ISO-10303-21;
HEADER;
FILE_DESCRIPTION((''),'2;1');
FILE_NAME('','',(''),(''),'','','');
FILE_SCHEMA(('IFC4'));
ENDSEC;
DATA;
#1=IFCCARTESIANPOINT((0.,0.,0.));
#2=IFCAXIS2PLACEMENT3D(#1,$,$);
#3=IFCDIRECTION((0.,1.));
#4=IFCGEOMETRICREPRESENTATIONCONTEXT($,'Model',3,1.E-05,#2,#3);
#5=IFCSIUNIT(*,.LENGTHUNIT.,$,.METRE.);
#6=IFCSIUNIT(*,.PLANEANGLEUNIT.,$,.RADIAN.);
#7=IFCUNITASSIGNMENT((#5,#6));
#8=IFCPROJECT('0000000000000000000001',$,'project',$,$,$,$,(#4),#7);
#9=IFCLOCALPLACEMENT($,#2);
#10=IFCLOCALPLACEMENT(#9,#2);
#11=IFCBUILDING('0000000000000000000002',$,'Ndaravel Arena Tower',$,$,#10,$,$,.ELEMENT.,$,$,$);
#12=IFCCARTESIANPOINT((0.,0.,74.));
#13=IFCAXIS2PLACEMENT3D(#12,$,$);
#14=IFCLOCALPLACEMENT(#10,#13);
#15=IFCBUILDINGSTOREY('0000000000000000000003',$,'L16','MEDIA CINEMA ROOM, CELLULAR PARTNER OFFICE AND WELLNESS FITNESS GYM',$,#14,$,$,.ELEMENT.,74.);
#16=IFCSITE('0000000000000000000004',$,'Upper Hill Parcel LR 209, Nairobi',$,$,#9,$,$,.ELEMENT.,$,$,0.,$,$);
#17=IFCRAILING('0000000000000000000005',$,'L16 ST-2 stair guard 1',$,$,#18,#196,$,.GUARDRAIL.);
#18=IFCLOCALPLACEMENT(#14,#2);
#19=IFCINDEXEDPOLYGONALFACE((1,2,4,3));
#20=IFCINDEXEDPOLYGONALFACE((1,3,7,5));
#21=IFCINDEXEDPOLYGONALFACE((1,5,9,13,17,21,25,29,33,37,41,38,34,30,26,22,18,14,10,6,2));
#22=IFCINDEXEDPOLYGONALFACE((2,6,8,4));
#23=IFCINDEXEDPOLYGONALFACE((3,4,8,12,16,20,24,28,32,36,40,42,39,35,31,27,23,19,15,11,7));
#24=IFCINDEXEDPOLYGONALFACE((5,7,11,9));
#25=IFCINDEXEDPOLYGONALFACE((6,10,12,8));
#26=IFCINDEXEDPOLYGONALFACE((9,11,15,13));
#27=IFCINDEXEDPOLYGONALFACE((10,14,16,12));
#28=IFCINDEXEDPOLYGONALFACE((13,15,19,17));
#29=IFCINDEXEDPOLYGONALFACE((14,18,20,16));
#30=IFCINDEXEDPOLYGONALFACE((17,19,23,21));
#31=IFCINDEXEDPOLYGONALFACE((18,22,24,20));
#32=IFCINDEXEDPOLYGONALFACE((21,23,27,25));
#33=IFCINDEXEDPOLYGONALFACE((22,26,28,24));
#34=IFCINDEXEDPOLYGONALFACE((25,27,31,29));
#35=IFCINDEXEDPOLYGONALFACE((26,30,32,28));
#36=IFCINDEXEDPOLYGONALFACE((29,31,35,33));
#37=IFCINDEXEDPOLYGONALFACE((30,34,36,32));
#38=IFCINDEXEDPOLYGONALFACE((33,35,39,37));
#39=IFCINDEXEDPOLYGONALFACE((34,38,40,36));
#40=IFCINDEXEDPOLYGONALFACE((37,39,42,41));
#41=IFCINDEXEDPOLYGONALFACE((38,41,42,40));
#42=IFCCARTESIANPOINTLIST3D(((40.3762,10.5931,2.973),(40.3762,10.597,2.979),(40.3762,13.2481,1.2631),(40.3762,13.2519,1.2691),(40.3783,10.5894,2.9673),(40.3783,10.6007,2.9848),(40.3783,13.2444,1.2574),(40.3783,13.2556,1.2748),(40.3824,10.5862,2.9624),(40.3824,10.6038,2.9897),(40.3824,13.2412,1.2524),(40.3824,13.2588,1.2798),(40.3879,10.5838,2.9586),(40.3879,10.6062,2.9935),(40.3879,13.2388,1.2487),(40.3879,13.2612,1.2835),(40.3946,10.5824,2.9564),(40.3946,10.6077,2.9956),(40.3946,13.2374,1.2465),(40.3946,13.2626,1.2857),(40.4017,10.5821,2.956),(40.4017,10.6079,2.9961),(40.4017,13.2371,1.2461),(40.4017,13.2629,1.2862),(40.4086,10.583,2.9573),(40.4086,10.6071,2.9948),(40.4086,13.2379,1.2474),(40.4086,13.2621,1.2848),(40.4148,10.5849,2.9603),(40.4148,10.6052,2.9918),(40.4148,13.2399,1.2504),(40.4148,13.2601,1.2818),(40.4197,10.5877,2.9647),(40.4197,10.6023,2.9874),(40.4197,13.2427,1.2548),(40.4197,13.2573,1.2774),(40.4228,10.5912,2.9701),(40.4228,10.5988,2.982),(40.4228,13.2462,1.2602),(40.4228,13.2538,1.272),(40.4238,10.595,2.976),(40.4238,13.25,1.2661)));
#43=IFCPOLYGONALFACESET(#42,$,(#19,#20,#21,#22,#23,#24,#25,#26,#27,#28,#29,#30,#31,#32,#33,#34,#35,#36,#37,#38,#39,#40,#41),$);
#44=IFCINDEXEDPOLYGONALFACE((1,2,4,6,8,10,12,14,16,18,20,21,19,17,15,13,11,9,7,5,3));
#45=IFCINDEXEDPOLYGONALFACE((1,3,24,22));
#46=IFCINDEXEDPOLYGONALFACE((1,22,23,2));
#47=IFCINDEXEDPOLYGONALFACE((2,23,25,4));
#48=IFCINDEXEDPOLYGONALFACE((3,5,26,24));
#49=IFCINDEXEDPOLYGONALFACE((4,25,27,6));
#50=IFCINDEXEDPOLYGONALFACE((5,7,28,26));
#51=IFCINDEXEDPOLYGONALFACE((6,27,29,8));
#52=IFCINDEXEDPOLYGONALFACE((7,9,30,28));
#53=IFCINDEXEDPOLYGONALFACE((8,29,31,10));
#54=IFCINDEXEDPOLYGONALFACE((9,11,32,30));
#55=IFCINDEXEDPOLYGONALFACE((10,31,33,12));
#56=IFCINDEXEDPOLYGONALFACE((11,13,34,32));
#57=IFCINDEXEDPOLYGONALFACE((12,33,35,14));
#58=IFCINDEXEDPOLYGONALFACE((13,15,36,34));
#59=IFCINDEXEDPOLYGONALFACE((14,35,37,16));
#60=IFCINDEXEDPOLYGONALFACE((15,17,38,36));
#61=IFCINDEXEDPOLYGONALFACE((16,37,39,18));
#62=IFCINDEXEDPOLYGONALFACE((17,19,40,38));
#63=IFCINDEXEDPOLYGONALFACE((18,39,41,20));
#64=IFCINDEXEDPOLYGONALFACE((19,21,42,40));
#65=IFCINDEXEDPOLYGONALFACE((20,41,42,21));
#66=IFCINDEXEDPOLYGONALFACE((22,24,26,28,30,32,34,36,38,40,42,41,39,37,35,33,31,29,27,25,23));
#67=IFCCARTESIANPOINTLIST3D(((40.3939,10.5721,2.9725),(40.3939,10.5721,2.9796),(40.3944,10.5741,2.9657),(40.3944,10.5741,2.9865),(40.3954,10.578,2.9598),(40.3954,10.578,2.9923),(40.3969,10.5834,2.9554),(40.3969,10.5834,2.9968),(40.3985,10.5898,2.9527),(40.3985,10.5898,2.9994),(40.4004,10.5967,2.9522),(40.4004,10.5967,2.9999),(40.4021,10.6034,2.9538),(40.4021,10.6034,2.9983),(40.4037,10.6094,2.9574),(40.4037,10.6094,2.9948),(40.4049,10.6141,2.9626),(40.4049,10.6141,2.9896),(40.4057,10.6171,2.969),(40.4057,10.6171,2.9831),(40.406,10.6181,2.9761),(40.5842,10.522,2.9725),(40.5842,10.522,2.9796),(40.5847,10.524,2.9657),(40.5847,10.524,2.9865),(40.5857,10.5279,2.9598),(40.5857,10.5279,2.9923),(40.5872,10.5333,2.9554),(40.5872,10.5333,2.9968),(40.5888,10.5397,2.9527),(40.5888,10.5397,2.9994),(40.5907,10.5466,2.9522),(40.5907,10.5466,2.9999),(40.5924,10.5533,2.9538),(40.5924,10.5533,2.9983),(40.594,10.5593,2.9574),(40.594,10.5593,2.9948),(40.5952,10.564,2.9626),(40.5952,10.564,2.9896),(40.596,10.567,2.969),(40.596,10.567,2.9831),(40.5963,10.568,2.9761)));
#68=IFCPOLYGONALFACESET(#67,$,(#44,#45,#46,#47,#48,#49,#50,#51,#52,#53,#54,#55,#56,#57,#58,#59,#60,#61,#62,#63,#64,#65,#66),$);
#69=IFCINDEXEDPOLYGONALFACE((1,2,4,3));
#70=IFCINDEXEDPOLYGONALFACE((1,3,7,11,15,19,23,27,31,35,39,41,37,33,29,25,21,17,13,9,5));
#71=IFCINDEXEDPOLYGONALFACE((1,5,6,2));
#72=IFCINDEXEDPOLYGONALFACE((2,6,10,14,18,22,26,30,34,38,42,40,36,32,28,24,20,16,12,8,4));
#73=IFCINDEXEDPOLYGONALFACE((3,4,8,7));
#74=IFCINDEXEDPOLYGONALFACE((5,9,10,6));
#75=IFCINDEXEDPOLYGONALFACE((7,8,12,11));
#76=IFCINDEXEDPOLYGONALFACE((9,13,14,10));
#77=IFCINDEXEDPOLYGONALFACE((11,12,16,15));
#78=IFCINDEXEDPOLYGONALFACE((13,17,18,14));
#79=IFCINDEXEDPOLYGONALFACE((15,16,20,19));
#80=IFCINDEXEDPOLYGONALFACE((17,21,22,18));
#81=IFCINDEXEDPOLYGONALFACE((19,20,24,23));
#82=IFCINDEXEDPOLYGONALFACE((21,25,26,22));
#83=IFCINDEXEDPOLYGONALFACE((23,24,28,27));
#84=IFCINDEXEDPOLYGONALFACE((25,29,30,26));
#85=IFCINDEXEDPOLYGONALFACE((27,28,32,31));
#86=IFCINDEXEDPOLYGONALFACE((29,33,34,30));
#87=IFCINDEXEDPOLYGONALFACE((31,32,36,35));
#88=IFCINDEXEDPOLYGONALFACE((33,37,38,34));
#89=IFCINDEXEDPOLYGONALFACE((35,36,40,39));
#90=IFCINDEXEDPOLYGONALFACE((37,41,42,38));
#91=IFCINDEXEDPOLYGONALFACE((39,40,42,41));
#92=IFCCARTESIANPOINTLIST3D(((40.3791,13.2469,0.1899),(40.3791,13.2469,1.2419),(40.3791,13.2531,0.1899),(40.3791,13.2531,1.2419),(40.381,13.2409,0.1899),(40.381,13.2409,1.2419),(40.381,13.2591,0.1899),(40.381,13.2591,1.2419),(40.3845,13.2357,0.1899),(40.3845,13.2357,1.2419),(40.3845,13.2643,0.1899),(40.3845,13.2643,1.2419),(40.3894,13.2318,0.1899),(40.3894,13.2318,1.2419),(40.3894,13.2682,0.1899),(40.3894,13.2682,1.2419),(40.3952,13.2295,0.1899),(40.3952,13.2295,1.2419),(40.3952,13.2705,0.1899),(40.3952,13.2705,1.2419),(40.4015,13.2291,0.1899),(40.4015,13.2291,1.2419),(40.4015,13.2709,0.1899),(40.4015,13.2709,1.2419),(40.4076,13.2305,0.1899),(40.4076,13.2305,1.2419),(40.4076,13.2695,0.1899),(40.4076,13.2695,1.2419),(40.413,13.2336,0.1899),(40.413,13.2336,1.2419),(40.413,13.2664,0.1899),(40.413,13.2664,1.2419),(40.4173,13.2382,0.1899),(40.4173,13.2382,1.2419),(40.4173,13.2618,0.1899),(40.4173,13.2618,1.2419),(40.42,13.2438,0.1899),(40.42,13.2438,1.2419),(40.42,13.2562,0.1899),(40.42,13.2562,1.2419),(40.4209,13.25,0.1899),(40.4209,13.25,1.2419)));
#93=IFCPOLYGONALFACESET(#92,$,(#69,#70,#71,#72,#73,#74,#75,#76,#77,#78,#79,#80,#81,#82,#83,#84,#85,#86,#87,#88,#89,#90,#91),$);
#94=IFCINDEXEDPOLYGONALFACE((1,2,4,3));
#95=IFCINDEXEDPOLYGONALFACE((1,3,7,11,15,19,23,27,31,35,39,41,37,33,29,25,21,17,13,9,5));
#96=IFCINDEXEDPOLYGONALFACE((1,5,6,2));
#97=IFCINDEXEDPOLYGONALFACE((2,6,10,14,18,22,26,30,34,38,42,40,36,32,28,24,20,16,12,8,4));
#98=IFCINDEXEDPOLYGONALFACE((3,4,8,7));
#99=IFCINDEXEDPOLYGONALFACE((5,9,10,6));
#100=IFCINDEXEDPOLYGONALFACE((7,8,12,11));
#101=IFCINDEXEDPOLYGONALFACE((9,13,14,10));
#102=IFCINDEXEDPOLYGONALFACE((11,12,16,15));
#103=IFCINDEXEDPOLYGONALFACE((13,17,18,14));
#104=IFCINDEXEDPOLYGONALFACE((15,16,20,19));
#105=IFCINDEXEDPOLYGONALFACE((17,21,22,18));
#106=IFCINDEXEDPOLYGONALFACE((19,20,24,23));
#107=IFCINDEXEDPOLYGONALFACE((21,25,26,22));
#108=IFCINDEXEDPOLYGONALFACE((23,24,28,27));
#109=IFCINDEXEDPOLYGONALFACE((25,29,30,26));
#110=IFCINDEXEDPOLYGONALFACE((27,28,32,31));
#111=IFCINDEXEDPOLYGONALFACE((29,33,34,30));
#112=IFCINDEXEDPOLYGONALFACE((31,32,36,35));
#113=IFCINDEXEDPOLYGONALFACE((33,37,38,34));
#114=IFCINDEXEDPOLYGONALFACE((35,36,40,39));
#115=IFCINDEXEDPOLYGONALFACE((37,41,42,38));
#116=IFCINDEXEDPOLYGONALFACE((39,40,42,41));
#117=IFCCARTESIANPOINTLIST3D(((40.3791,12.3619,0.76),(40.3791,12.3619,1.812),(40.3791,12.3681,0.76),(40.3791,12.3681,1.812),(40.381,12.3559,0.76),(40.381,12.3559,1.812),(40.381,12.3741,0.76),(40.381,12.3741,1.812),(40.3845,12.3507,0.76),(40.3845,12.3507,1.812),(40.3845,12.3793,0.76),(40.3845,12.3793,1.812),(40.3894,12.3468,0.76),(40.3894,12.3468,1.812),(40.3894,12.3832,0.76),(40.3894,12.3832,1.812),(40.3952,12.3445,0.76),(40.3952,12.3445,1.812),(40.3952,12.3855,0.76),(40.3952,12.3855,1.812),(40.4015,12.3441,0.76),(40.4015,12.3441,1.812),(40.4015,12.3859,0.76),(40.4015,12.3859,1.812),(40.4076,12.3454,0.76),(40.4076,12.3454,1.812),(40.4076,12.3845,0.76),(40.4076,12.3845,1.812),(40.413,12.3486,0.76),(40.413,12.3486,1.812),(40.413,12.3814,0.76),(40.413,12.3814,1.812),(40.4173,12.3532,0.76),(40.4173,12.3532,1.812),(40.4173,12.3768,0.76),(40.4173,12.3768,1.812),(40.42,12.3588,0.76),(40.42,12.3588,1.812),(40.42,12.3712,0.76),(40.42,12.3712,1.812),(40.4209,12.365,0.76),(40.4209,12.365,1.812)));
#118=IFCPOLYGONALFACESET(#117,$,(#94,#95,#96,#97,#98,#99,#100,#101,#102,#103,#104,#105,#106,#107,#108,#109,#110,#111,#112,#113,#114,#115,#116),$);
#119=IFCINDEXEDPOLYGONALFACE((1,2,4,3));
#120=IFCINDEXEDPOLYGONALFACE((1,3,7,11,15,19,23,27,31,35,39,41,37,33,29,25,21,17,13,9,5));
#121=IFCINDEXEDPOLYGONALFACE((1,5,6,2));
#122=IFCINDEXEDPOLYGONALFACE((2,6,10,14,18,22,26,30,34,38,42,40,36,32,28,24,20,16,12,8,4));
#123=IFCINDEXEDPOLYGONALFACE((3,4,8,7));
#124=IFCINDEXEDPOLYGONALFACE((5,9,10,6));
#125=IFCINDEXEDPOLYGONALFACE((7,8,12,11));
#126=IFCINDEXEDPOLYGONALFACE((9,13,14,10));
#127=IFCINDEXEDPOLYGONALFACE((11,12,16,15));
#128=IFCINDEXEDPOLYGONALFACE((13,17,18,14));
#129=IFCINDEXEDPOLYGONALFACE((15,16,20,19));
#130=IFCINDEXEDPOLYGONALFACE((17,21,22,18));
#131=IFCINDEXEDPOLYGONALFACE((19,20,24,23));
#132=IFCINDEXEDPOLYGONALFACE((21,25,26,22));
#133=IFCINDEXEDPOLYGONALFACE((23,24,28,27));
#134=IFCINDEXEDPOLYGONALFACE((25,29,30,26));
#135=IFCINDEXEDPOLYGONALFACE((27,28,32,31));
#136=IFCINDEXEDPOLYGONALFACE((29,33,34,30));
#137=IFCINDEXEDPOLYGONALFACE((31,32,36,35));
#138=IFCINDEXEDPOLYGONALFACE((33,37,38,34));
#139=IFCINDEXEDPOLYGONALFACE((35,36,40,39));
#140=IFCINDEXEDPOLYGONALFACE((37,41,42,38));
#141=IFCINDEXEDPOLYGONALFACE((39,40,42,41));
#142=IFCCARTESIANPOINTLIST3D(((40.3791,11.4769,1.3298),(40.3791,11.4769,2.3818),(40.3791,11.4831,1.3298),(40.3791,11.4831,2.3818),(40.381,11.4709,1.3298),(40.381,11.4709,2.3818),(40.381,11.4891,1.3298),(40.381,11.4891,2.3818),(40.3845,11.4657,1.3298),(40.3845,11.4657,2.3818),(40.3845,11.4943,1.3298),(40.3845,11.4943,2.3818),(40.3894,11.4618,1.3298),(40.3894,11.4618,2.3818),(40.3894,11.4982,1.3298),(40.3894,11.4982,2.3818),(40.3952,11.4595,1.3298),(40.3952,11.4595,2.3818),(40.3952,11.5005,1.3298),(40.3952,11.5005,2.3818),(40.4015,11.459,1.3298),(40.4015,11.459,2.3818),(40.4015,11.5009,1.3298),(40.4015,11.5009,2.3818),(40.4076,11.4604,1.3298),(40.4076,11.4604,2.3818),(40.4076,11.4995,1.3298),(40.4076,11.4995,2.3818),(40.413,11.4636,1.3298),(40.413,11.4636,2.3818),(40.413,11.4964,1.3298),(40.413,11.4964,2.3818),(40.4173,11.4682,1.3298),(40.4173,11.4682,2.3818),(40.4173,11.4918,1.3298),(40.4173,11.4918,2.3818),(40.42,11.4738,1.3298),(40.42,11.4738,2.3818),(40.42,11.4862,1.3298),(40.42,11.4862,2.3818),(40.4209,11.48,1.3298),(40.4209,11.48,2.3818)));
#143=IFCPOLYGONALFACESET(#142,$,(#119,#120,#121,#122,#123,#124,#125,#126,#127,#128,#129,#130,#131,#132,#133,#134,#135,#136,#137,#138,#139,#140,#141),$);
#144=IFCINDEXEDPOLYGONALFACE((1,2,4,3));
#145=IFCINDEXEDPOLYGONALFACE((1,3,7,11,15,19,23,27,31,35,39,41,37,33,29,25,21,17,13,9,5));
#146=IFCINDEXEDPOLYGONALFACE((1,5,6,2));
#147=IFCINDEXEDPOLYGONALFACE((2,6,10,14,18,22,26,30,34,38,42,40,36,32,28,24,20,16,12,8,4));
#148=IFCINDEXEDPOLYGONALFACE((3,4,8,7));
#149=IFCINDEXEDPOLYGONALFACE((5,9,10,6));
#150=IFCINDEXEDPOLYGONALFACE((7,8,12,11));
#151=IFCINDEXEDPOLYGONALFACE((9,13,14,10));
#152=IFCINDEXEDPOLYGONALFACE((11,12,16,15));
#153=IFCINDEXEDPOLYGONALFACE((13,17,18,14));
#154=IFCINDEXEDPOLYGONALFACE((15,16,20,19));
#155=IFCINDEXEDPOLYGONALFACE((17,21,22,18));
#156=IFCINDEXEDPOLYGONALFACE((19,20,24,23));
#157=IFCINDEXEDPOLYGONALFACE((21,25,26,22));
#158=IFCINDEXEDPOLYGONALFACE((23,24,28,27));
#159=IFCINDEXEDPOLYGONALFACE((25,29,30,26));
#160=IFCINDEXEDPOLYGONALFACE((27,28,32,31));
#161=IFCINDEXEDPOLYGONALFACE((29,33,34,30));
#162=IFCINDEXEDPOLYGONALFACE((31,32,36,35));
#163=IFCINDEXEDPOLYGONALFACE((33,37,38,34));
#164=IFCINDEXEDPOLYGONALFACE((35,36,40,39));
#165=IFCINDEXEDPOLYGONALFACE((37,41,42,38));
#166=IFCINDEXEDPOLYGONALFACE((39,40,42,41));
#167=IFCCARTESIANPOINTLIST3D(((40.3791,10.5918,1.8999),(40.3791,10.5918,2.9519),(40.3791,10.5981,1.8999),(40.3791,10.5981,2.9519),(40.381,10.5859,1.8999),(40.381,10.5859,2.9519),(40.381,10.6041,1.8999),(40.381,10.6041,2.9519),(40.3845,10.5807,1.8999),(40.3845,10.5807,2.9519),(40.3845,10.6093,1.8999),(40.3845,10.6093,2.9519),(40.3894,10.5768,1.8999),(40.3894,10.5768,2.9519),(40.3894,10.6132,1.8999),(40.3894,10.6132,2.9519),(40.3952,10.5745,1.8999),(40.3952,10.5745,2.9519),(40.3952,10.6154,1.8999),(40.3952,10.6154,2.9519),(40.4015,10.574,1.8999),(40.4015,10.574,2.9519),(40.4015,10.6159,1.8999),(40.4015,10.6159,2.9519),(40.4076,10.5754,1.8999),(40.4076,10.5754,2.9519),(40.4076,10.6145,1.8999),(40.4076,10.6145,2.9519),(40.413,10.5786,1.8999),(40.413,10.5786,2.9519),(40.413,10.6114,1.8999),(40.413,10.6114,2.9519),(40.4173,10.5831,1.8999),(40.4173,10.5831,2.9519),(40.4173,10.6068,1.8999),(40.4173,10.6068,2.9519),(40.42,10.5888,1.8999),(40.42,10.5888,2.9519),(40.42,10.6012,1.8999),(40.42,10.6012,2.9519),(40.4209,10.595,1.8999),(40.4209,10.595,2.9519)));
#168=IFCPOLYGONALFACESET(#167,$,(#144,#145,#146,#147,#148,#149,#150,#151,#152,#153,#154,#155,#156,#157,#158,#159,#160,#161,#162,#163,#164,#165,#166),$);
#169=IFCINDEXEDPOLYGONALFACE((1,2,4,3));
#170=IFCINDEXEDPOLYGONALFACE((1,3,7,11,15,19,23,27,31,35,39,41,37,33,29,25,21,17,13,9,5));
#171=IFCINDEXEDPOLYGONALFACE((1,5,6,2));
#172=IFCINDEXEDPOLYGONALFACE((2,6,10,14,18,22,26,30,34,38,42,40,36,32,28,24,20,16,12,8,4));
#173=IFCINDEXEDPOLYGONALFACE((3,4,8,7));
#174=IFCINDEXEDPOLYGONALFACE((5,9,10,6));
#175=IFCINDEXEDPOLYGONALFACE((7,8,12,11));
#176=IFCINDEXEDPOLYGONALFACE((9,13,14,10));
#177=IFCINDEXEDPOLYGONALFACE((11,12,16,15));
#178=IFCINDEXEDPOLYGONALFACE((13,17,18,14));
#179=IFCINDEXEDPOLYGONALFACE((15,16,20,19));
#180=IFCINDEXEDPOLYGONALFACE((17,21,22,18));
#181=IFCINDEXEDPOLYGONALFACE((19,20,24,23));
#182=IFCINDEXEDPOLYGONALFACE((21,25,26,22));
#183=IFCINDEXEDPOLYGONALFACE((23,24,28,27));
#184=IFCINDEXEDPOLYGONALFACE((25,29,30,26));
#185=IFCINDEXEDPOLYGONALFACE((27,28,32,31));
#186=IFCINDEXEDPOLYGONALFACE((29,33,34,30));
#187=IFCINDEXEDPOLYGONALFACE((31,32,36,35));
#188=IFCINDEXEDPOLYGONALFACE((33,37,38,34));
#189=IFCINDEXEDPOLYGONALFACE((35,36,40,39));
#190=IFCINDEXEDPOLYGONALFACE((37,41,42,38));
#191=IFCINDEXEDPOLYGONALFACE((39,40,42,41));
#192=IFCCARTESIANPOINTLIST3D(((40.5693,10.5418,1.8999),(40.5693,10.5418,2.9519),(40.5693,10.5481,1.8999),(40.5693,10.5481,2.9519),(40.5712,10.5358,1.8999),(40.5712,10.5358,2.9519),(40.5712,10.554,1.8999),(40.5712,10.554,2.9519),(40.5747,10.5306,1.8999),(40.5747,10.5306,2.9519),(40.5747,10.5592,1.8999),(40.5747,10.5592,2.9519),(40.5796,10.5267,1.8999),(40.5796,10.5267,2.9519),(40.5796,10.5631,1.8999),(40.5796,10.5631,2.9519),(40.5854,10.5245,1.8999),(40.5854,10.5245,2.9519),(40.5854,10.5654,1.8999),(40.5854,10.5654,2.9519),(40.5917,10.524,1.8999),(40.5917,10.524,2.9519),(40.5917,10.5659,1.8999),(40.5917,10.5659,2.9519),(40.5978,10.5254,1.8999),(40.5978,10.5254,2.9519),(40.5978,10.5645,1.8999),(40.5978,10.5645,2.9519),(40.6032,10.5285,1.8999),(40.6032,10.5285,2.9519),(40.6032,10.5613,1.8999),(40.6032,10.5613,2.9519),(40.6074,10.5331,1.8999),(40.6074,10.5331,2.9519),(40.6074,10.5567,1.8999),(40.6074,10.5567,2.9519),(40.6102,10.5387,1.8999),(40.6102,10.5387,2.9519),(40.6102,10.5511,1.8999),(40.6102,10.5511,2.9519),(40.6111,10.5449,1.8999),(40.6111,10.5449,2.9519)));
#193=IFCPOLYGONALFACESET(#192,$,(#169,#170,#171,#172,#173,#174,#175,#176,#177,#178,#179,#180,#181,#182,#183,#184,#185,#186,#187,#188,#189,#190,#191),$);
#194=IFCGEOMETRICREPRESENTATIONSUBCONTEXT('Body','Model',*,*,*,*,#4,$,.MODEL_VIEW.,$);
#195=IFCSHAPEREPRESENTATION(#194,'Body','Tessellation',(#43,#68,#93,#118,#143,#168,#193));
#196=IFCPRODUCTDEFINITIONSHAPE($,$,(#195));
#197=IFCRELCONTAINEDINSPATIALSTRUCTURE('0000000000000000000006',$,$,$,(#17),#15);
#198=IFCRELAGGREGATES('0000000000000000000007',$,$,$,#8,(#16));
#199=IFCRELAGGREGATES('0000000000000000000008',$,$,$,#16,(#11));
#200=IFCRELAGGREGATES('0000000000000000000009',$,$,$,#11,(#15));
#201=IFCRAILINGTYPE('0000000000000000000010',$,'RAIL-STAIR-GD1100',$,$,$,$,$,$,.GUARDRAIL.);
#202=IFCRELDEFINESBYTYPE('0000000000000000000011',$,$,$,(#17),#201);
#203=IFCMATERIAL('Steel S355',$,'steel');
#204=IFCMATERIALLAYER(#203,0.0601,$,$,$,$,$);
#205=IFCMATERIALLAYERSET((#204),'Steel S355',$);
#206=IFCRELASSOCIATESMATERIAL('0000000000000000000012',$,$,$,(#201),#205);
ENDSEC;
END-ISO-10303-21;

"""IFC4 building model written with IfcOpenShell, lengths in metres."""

from ifc_helpers import new_model, si_unit, direction, frame, origin, origin_2d, place, context, subcontext, project, spatial, circle, extrude, material, layer, layer_set, type_object, element, save


model = new_model("IFC4")

# Units and contexts
model_context = context("Model", 3, precision=1e-05, world=origin(), true_north=direction((0.0, 1.0)))
body_context = subcontext(model_context, "Body", "Model", "MODEL_VIEW")
ifc_project = project(units=[si_unit("LENGTHUNIT", "METRE"), si_unit("PLANEANGLEUNIT", "RADIAN")], contexts=[model_context])

# Site, building, storey
site_placement = place(None, origin())
site = spatial("IfcSite", under=ifc_project, at=site_placement, Name="Upper Hill Parcel LR 209, Nairobi", CompositionType="ELEMENT", RefElevation=0.0)
building_placement = place(site_placement, origin())
building = spatial("IfcBuilding", under=site, at=building_placement, Name="Ndaravel Arena Tower", CompositionType="ELEMENT")
storey_placement = place(building_placement, frame((0.0, 0.0, 74.0)))
storey = spatial("IfcBuildingStorey", under=building, at=storey_placement, Name="L16", Description="MEDIA CINEMA ROOM, CELLULAR PARTNER OFFICE AND WELLNESS FITNESS GYM", CompositionType="ELEMENT", Elevation=74.0)

# Railing
ifc_material_1 = material(Name="Steel S355", Category="steel")
ifc_layer_1 = layer(ifc_material_1, 0.0601)
ifc_layer_set_1 = layer_set([ifc_layer_1], Name="Steel S355")
railing_type_1 = type_object("IfcRailingType", Name="RAIL-STAIR-GD1100", PredefinedType="GUARDRAIL", material=ifc_layer_set_1)
railing_1_placement = place(storey_placement, frame((40.3999, 13.25, 0.1899)))
element("IfcRailing", 1, at=railing_1_placement, inside=storey, type_object=railing_type_1, Name="L16 ST-2 stair guard 1", PredefinedType="GUARDRAIL", context=body_context, shape_type="SweptSolid", body=[
    extrude(circle(Radius=0.0239, at=origin_2d()), frame((0.0, 0.0, 1.0762), z_axis=(0.0, -0.840724, 0.541465), x_axis=(1.0, 0.0, 0.0)), (0.0, 0.0, 1.0), 3.158),
    extrude(circle(Radius=0.0239, at=origin_2d()), frame((0.0, -2.655, 2.7861), z_axis=(0.967075, -0.254493, 0.0), x_axis=(0.254493, 0.967075, 0.0)), (0.0, 0.0, 1.0), 0.1968),
    extrude(circle(Radius=0.021, at=origin_2d()), origin(), (0.0, 0.0, 1.0), 1.052),
    extrude(circle(Radius=0.021, at=origin_2d()), frame((0.0, -0.885, 0.5701)), (0.0, 0.0, 1.0), 1.052),
    extrude(circle(Radius=0.021, at=origin_2d()), frame((0.0, -1.77, 1.1399)), (0.0, 0.0, 1.0), 1.052),
    extrude(circle(Radius=0.021, at=origin_2d()), frame((0.0, -2.655, 1.71)), (0.0, 0.0, 1.0), 1.052),
    extrude(circle(Radius=0.021, at=origin_2d()), frame((0.1902, -2.7051, 1.71)), (0.0, 0.0, 1.0), 1.052),
])

save(model, "model.ifc")
